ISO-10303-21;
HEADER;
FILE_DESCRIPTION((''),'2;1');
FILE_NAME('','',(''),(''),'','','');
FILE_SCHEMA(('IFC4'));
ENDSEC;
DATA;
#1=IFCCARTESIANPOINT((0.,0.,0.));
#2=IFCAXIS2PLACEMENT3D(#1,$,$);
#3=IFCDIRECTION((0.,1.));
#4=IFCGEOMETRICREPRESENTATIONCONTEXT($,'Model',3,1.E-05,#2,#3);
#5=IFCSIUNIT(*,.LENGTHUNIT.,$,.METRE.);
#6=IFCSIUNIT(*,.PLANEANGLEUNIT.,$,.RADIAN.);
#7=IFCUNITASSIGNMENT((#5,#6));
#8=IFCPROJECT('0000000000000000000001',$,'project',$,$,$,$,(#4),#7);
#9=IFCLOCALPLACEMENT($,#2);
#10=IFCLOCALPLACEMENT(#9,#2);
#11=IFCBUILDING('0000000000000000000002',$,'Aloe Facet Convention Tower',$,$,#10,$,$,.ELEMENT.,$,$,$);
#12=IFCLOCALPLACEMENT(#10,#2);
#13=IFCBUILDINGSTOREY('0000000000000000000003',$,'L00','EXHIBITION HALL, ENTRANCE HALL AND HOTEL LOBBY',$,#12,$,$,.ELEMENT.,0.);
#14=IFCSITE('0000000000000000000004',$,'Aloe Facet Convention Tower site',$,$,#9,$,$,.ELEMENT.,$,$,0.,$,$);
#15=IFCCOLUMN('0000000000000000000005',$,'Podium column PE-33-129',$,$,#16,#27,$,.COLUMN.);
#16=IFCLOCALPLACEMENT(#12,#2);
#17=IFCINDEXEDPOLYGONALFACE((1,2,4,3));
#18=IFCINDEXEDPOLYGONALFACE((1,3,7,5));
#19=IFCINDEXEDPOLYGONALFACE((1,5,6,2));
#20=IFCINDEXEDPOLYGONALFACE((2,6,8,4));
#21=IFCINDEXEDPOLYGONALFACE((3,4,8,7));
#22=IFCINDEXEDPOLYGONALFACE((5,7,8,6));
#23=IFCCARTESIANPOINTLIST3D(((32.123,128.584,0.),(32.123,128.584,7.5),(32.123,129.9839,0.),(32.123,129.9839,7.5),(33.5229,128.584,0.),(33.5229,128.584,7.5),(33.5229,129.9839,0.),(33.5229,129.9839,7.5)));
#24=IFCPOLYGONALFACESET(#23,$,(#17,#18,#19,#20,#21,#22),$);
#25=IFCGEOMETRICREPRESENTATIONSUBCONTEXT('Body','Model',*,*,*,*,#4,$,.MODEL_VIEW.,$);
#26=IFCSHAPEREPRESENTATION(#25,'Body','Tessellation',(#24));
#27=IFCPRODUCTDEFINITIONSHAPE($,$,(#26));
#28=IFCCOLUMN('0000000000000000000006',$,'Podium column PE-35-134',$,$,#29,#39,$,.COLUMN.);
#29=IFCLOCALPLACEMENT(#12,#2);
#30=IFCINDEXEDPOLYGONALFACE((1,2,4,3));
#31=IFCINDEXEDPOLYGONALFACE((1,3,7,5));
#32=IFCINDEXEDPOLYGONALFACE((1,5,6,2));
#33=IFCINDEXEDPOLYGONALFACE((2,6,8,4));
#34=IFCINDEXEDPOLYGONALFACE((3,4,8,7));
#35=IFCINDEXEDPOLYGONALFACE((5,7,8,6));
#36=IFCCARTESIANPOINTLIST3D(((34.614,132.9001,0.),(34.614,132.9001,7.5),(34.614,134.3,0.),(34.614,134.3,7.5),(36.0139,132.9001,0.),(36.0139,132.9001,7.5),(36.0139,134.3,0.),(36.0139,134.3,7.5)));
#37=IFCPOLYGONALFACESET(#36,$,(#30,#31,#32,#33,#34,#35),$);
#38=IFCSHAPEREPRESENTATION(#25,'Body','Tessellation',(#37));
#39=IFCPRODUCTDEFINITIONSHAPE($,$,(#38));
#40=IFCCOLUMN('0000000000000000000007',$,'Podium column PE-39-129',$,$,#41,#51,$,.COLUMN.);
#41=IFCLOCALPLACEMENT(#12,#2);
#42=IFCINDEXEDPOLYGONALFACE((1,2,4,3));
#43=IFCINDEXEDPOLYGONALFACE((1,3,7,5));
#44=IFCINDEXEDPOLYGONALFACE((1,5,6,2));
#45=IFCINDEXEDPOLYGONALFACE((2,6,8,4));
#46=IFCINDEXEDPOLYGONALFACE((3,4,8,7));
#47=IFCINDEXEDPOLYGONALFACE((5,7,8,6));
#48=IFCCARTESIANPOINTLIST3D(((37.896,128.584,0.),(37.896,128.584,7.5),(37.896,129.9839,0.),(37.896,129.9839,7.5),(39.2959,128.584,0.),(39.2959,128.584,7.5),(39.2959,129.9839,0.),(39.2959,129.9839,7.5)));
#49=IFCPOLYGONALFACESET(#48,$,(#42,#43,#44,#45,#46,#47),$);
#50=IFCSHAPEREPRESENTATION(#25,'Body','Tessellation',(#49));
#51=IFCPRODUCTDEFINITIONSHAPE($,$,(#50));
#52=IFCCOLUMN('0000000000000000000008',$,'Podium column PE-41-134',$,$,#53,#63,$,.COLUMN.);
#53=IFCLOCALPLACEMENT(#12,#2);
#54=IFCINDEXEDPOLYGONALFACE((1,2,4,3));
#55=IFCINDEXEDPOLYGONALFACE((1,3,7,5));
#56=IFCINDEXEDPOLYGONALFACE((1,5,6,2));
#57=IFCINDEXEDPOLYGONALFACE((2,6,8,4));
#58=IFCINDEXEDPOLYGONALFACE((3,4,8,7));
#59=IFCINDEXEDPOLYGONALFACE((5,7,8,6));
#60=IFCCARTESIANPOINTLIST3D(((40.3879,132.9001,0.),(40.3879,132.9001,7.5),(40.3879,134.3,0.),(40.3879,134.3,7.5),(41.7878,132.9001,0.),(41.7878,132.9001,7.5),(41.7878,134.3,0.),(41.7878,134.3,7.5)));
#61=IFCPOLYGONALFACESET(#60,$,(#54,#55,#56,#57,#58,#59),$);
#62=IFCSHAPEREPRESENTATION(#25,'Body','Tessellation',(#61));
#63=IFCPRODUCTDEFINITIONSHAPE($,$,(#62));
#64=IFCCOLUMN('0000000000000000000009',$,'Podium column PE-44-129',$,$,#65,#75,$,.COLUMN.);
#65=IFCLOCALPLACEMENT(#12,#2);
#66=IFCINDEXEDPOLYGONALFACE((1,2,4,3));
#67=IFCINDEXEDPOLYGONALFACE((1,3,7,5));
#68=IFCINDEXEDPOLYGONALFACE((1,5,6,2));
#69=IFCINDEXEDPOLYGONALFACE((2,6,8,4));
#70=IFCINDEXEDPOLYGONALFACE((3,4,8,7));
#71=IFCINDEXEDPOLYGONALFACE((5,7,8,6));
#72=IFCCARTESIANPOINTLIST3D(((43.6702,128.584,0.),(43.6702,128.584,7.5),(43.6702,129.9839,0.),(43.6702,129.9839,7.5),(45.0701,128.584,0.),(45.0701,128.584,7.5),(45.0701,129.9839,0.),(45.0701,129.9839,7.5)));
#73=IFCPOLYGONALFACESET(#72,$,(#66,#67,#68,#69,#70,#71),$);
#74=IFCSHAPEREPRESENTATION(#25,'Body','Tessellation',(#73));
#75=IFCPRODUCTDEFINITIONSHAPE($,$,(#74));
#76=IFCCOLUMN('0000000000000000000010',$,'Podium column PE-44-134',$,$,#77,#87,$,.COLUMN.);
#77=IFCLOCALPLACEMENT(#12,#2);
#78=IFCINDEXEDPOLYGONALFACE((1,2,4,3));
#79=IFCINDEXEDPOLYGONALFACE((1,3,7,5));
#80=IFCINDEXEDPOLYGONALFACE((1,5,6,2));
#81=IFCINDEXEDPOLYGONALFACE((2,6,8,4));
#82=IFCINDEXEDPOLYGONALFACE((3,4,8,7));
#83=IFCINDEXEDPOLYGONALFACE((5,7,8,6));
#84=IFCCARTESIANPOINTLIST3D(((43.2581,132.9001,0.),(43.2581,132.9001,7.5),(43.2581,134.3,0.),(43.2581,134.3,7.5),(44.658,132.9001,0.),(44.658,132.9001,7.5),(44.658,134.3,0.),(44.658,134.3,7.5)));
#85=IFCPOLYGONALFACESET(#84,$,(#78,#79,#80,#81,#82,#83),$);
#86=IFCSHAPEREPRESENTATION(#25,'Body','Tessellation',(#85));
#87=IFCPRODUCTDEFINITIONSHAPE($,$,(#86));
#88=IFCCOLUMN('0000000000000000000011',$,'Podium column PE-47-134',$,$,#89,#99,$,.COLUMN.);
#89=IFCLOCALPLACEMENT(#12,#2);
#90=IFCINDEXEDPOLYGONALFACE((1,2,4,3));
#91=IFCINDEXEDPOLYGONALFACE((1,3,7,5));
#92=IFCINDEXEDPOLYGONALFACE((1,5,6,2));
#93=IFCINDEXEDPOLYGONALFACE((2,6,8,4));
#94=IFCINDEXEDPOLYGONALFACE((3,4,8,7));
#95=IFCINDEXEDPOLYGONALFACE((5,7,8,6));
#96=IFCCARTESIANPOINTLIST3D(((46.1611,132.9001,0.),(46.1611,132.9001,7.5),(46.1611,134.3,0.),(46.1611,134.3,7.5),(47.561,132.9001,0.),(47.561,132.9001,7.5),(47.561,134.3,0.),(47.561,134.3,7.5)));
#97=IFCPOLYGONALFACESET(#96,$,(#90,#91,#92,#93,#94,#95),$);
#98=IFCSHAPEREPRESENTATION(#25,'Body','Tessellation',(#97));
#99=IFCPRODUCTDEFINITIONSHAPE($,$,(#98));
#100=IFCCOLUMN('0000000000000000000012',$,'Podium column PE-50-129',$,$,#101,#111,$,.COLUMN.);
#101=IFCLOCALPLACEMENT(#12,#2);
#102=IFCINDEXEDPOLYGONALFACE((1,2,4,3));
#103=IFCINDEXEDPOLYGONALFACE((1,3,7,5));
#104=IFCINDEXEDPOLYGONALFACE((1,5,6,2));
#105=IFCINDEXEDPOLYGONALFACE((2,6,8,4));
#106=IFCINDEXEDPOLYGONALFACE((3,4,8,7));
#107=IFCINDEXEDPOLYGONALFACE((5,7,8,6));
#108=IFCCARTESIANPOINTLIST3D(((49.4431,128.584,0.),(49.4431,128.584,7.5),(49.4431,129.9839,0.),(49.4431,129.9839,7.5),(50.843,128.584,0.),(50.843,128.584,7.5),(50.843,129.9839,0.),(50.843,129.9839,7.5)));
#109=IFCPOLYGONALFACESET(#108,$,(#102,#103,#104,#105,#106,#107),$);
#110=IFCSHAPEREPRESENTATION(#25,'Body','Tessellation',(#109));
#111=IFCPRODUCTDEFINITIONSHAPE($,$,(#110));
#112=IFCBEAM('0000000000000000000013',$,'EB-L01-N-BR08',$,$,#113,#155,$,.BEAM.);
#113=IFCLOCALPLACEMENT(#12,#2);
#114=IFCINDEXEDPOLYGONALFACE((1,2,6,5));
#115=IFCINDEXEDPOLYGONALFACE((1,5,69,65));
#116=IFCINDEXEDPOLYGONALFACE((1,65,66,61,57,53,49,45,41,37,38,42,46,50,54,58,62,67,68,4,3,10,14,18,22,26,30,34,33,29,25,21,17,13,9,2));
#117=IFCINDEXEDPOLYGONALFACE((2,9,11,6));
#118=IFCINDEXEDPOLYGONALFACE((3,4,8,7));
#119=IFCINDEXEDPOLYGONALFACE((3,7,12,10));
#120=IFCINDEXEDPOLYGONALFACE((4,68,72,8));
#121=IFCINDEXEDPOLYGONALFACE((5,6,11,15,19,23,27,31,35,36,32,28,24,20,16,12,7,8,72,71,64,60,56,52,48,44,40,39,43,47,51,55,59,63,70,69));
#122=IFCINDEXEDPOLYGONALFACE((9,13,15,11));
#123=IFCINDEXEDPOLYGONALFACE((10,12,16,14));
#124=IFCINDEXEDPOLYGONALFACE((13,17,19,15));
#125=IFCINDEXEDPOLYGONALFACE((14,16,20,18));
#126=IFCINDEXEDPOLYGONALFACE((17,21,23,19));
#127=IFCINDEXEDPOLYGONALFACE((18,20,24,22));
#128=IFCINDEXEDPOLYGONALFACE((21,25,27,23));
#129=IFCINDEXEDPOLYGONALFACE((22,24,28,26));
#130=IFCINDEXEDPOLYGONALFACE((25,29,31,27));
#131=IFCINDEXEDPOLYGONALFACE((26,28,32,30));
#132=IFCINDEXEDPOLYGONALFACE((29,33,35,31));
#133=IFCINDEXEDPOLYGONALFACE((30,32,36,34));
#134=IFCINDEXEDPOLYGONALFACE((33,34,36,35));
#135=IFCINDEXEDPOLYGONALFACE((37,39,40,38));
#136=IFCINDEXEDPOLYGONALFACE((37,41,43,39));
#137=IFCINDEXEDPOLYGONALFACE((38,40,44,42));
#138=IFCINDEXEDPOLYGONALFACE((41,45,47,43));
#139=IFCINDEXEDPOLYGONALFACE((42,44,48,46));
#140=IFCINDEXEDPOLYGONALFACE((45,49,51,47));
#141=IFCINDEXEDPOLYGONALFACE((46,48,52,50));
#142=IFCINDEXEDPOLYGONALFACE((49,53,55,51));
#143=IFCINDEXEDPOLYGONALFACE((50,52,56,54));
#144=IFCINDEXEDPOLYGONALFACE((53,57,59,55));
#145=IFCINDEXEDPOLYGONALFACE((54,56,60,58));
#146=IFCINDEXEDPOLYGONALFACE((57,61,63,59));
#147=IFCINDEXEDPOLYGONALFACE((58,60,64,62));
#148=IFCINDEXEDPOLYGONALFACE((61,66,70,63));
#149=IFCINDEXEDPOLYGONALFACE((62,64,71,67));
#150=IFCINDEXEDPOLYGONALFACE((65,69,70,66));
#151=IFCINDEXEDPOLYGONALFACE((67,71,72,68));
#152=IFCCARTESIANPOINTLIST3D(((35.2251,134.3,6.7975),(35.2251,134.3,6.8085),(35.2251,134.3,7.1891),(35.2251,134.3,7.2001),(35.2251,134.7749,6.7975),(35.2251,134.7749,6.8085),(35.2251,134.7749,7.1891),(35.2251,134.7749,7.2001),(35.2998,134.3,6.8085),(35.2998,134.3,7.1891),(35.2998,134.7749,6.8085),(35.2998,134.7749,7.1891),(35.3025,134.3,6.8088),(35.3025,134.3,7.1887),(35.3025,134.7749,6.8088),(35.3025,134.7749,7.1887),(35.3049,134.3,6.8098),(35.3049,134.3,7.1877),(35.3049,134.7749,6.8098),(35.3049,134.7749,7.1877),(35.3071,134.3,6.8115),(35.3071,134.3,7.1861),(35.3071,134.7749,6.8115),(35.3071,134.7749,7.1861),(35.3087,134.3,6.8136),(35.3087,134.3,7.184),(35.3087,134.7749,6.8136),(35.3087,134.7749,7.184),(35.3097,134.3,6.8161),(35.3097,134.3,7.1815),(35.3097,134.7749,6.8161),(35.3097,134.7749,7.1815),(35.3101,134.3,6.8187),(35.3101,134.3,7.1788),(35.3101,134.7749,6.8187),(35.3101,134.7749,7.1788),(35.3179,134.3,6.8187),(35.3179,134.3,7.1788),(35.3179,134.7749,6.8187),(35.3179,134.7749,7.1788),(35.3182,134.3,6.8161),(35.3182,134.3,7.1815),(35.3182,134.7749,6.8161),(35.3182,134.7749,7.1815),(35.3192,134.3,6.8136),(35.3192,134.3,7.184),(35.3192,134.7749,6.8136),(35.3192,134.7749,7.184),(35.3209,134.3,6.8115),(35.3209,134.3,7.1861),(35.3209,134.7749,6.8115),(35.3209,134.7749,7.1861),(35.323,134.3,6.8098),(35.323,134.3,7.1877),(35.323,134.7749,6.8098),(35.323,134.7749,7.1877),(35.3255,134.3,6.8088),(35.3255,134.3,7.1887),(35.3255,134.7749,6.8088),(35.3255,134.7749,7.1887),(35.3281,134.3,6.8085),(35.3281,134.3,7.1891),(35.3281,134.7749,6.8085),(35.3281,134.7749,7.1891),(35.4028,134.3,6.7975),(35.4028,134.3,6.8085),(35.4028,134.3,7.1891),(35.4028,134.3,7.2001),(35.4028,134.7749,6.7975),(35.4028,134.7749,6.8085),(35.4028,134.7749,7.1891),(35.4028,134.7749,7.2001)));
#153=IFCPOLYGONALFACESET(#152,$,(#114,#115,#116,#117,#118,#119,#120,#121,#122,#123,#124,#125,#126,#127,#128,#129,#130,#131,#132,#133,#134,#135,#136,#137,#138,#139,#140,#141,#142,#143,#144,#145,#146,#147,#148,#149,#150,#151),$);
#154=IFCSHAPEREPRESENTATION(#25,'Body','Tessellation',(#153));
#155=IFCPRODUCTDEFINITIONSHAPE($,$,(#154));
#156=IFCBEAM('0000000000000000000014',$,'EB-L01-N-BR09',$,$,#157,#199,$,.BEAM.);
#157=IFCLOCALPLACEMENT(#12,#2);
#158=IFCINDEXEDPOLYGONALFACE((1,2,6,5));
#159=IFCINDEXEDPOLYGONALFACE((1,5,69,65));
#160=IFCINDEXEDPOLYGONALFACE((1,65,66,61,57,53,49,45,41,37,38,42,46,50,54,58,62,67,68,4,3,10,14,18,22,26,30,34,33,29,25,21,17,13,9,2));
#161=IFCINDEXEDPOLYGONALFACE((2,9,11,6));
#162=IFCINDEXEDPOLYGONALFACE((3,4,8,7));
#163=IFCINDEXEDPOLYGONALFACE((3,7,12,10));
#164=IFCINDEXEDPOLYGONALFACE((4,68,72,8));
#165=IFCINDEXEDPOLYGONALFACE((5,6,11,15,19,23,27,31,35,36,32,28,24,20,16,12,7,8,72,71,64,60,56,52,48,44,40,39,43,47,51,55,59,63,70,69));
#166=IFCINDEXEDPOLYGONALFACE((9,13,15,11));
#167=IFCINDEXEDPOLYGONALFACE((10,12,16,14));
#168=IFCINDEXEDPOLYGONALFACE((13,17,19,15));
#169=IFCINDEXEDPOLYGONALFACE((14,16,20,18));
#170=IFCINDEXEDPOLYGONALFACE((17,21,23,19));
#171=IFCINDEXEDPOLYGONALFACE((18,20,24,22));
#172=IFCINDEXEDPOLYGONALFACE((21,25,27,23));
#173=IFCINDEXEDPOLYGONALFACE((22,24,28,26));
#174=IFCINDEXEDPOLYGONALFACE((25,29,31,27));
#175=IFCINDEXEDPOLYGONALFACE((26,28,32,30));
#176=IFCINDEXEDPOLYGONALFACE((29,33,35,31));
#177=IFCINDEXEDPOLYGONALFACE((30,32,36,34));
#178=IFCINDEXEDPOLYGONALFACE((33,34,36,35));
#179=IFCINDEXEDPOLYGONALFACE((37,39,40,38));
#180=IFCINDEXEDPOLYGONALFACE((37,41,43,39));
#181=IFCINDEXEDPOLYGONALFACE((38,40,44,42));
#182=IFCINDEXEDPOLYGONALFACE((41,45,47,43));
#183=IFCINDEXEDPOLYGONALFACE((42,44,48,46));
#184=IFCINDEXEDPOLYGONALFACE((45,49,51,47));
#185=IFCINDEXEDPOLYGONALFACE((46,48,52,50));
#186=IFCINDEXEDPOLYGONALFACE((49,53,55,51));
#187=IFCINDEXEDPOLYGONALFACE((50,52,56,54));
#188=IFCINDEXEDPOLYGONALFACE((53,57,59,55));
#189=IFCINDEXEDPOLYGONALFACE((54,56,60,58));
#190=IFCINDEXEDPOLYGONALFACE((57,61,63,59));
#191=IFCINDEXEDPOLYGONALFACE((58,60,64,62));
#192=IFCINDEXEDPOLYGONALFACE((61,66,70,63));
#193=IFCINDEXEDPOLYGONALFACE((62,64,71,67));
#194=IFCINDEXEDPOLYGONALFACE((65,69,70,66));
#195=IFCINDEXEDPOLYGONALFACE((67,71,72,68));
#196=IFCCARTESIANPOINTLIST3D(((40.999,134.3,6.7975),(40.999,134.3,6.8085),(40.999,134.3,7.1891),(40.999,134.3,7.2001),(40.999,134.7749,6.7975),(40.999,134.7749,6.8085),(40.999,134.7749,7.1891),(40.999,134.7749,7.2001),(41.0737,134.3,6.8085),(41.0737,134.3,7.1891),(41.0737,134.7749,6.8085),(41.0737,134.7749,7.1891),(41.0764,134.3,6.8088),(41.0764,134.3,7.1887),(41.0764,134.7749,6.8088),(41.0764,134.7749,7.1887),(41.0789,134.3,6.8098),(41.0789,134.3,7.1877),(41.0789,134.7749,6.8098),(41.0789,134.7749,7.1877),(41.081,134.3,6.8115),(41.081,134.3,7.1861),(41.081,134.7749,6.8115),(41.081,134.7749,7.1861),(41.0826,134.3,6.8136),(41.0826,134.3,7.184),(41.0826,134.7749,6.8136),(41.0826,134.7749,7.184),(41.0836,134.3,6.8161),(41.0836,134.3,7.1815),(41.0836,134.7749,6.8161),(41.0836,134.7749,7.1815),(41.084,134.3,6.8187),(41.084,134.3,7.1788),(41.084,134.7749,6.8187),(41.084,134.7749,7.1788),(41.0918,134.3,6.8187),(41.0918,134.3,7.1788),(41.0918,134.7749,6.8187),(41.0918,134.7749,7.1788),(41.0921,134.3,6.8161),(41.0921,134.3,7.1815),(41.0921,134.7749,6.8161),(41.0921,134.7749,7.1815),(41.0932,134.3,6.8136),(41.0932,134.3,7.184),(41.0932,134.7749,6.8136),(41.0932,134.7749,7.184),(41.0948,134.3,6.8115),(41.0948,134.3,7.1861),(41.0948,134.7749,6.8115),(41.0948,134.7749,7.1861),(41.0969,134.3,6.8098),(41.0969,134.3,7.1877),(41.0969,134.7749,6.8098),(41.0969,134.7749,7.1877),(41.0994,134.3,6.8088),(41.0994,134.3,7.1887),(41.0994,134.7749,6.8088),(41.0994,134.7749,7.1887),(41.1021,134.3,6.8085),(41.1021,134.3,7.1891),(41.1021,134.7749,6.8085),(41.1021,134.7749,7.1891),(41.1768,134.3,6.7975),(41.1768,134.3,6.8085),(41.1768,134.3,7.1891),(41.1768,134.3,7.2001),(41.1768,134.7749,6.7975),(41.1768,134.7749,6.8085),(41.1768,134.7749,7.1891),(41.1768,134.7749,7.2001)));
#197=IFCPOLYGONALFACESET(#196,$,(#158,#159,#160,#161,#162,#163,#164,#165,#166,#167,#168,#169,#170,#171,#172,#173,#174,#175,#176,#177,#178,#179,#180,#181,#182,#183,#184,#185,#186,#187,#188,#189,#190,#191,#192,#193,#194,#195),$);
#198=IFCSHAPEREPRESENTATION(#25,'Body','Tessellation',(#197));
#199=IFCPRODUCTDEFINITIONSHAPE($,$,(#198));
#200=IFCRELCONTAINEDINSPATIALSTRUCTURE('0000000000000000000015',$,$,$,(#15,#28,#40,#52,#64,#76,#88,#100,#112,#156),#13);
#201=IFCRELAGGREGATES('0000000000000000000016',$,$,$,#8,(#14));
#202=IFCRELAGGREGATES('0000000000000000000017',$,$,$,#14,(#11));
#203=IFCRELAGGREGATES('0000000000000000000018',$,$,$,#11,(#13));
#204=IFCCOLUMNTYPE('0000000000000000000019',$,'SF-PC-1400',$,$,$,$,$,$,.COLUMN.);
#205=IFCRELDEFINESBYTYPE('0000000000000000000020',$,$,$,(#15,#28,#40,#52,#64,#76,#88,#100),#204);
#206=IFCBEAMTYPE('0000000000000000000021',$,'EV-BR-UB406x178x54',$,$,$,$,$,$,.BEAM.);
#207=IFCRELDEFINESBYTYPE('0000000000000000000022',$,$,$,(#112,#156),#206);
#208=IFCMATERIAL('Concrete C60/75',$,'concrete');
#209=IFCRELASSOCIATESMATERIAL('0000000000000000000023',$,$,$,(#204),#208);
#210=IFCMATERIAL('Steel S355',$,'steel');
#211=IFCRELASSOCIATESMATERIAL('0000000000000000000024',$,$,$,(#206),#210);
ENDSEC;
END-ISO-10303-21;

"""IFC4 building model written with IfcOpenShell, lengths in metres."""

from ifc_helpers import new_model, si_unit, direction, frame, origin, origin_2d, place, context, subcontext, project, spatial, rectangle, i_section, extrude, material, material_profile, profile_set, type_object, element, save


model = new_model("IFC4")

# Units and contexts
model_context = context("Model", 3, precision=1e-05, world=origin(), true_north=direction((0.0, 1.0)))
body_context = subcontext(model_context, "Body", "Model", "MODEL_VIEW")
ifc_project = project(units=[si_unit("LENGTHUNIT", "METRE"), si_unit("PLANEANGLEUNIT", "RADIAN")], contexts=[model_context])

# Site, building, storey
site_placement = place(None, origin())
site = spatial("IfcSite", under=ifc_project, at=site_placement, Name="Aloe Facet Convention Tower site", CompositionType="ELEMENT", RefElevation=0.0)
building_placement = place(site_placement, origin())
building = spatial("IfcBuilding", under=site, at=building_placement, Name="Aloe Facet Convention Tower", CompositionType="ELEMENT")
storey_placement = place(building_placement, origin())
storey = spatial("IfcBuildingStorey", under=building, at=storey_placement, Name="L00", Description="EXHIBITION HALL, ENTRANCE HALL AND HOTEL LOBBY", CompositionType="ELEMENT", Elevation=0.0)

# Columns
ifc_material_1 = material(Name="Concrete C60/75", Category="concrete")
ifc_material_profile_1 = material_profile(ifc_material_1, rectangle(XDim=1.3999, YDim=1.3999, at=origin_2d()), Name="SF-PC-1400")
ifc_profile_set_1 = profile_set([ifc_material_profile_1], Name="Concrete C60/75")
column_type = type_object("IfcColumnType", Name="SF-PC-1400", PredefinedType="COLUMN", material=ifc_profile_set_1)
for number, where, z_axis, x_axis, name in (
    (1, (32.823, 129.2839, 0.0), (0.0, 0.0, 1.0), (1.0, 0.0, 0.0), "Podium column PE-33-129"),
    (2, (35.314, 133.6001, 0.0), (0.0, 0.0, 1.0), (1.0, 0.0, 0.0), "Podium column PE-35-134"),
    (3, (38.5959, 129.2839, 0.0), (0.0, 0.0, 1.0), (1.0, 0.0, 0.0), "Podium column PE-39-129"),
    (4, (41.0879, 133.6001, 0.0), (0.0, 0.0, 1.0), (1.0, 0.0, 0.0), "Podium column PE-41-134"),
    (5, (44.3701, 129.2839, 0.0), (0.0, 0.0, 1.0), (1.0, 0.0, 0.0), "Podium column PE-44-129"),
    (6, (43.958, 133.6001, 0.0), (0.0, 0.0, 1.0), (1.0, 0.0, 0.0), "Podium column PE-44-134"),
    (7, (46.8611, 133.6001, 0.0), (0.0, 0.0, 1.0), (1.0, 0.0, 0.0), "Podium column PE-47-134"),
    (8, (50.1431, 129.2839, 0.0), (0.0, 0.0, 1.0), (1.0, 0.0, 0.0), "Podium column PE-50-129"),
):
    element("IfcColumn", number, at=place(storey_placement, frame(where, z_axis=z_axis, x_axis=x_axis)), inside=storey, type_object=column_type, Name=name, PredefinedType="COLUMN", context=body_context, shape_type="SweptSolid", body=[
        extrude(rectangle(XDim=1.3999, YDim=1.3999, at=origin_2d()), origin(), (0.0, 0.0, 1.0), 7.5),
    ])

# Beams
ifc_material_2 = material(Name="Steel S355", Category="steel")
ifc_material_profile_2 = material_profile(ifc_material_2, i_section(OverallWidth=0.1777, OverallDepth=0.4026, WebThickness=0.0078, FlangeThickness=0.011, FilletRadius=0.0103, at=origin_2d()), Name="UB 406x178x54")
ifc_profile_set_2 = profile_set([ifc_material_profile_2], Name="Steel S355")
beam_type_1 = type_object("IfcBeamType", Name="EV-BR-UB406x178x54", PredefinedType="BEAM", material=ifc_profile_set_2)
for number, where, z_axis, x_axis, name in (
    (9, (35.314, 134.3, 6.9988), (0.0, 1.0, 0.0), (-1.0, 0.0, 0.0), "EB-L01-N-BR08"),
    (10, (41.0879, 134.3, 6.9988), (0.0, 1.0, 0.0), (-1.0, 0.0, 0.0), "EB-L01-N-BR09"),
):
    element("IfcBeam", number, at=place(storey_placement, frame(where, z_axis=z_axis, x_axis=x_axis)), inside=storey, type_object=beam_type_1, Name=name, PredefinedType="BEAM", context=body_context, shape_type="SweptSolid", body=[
        extrude(i_section(OverallWidth=0.1777, OverallDepth=0.4026, WebThickness=0.0078, FlangeThickness=0.011, FilletRadius=0.0103, at=origin_2d()), origin(), (0.0, 0.0, 1.0), 0.4749),
    ])

save(model, "model.ifc")
